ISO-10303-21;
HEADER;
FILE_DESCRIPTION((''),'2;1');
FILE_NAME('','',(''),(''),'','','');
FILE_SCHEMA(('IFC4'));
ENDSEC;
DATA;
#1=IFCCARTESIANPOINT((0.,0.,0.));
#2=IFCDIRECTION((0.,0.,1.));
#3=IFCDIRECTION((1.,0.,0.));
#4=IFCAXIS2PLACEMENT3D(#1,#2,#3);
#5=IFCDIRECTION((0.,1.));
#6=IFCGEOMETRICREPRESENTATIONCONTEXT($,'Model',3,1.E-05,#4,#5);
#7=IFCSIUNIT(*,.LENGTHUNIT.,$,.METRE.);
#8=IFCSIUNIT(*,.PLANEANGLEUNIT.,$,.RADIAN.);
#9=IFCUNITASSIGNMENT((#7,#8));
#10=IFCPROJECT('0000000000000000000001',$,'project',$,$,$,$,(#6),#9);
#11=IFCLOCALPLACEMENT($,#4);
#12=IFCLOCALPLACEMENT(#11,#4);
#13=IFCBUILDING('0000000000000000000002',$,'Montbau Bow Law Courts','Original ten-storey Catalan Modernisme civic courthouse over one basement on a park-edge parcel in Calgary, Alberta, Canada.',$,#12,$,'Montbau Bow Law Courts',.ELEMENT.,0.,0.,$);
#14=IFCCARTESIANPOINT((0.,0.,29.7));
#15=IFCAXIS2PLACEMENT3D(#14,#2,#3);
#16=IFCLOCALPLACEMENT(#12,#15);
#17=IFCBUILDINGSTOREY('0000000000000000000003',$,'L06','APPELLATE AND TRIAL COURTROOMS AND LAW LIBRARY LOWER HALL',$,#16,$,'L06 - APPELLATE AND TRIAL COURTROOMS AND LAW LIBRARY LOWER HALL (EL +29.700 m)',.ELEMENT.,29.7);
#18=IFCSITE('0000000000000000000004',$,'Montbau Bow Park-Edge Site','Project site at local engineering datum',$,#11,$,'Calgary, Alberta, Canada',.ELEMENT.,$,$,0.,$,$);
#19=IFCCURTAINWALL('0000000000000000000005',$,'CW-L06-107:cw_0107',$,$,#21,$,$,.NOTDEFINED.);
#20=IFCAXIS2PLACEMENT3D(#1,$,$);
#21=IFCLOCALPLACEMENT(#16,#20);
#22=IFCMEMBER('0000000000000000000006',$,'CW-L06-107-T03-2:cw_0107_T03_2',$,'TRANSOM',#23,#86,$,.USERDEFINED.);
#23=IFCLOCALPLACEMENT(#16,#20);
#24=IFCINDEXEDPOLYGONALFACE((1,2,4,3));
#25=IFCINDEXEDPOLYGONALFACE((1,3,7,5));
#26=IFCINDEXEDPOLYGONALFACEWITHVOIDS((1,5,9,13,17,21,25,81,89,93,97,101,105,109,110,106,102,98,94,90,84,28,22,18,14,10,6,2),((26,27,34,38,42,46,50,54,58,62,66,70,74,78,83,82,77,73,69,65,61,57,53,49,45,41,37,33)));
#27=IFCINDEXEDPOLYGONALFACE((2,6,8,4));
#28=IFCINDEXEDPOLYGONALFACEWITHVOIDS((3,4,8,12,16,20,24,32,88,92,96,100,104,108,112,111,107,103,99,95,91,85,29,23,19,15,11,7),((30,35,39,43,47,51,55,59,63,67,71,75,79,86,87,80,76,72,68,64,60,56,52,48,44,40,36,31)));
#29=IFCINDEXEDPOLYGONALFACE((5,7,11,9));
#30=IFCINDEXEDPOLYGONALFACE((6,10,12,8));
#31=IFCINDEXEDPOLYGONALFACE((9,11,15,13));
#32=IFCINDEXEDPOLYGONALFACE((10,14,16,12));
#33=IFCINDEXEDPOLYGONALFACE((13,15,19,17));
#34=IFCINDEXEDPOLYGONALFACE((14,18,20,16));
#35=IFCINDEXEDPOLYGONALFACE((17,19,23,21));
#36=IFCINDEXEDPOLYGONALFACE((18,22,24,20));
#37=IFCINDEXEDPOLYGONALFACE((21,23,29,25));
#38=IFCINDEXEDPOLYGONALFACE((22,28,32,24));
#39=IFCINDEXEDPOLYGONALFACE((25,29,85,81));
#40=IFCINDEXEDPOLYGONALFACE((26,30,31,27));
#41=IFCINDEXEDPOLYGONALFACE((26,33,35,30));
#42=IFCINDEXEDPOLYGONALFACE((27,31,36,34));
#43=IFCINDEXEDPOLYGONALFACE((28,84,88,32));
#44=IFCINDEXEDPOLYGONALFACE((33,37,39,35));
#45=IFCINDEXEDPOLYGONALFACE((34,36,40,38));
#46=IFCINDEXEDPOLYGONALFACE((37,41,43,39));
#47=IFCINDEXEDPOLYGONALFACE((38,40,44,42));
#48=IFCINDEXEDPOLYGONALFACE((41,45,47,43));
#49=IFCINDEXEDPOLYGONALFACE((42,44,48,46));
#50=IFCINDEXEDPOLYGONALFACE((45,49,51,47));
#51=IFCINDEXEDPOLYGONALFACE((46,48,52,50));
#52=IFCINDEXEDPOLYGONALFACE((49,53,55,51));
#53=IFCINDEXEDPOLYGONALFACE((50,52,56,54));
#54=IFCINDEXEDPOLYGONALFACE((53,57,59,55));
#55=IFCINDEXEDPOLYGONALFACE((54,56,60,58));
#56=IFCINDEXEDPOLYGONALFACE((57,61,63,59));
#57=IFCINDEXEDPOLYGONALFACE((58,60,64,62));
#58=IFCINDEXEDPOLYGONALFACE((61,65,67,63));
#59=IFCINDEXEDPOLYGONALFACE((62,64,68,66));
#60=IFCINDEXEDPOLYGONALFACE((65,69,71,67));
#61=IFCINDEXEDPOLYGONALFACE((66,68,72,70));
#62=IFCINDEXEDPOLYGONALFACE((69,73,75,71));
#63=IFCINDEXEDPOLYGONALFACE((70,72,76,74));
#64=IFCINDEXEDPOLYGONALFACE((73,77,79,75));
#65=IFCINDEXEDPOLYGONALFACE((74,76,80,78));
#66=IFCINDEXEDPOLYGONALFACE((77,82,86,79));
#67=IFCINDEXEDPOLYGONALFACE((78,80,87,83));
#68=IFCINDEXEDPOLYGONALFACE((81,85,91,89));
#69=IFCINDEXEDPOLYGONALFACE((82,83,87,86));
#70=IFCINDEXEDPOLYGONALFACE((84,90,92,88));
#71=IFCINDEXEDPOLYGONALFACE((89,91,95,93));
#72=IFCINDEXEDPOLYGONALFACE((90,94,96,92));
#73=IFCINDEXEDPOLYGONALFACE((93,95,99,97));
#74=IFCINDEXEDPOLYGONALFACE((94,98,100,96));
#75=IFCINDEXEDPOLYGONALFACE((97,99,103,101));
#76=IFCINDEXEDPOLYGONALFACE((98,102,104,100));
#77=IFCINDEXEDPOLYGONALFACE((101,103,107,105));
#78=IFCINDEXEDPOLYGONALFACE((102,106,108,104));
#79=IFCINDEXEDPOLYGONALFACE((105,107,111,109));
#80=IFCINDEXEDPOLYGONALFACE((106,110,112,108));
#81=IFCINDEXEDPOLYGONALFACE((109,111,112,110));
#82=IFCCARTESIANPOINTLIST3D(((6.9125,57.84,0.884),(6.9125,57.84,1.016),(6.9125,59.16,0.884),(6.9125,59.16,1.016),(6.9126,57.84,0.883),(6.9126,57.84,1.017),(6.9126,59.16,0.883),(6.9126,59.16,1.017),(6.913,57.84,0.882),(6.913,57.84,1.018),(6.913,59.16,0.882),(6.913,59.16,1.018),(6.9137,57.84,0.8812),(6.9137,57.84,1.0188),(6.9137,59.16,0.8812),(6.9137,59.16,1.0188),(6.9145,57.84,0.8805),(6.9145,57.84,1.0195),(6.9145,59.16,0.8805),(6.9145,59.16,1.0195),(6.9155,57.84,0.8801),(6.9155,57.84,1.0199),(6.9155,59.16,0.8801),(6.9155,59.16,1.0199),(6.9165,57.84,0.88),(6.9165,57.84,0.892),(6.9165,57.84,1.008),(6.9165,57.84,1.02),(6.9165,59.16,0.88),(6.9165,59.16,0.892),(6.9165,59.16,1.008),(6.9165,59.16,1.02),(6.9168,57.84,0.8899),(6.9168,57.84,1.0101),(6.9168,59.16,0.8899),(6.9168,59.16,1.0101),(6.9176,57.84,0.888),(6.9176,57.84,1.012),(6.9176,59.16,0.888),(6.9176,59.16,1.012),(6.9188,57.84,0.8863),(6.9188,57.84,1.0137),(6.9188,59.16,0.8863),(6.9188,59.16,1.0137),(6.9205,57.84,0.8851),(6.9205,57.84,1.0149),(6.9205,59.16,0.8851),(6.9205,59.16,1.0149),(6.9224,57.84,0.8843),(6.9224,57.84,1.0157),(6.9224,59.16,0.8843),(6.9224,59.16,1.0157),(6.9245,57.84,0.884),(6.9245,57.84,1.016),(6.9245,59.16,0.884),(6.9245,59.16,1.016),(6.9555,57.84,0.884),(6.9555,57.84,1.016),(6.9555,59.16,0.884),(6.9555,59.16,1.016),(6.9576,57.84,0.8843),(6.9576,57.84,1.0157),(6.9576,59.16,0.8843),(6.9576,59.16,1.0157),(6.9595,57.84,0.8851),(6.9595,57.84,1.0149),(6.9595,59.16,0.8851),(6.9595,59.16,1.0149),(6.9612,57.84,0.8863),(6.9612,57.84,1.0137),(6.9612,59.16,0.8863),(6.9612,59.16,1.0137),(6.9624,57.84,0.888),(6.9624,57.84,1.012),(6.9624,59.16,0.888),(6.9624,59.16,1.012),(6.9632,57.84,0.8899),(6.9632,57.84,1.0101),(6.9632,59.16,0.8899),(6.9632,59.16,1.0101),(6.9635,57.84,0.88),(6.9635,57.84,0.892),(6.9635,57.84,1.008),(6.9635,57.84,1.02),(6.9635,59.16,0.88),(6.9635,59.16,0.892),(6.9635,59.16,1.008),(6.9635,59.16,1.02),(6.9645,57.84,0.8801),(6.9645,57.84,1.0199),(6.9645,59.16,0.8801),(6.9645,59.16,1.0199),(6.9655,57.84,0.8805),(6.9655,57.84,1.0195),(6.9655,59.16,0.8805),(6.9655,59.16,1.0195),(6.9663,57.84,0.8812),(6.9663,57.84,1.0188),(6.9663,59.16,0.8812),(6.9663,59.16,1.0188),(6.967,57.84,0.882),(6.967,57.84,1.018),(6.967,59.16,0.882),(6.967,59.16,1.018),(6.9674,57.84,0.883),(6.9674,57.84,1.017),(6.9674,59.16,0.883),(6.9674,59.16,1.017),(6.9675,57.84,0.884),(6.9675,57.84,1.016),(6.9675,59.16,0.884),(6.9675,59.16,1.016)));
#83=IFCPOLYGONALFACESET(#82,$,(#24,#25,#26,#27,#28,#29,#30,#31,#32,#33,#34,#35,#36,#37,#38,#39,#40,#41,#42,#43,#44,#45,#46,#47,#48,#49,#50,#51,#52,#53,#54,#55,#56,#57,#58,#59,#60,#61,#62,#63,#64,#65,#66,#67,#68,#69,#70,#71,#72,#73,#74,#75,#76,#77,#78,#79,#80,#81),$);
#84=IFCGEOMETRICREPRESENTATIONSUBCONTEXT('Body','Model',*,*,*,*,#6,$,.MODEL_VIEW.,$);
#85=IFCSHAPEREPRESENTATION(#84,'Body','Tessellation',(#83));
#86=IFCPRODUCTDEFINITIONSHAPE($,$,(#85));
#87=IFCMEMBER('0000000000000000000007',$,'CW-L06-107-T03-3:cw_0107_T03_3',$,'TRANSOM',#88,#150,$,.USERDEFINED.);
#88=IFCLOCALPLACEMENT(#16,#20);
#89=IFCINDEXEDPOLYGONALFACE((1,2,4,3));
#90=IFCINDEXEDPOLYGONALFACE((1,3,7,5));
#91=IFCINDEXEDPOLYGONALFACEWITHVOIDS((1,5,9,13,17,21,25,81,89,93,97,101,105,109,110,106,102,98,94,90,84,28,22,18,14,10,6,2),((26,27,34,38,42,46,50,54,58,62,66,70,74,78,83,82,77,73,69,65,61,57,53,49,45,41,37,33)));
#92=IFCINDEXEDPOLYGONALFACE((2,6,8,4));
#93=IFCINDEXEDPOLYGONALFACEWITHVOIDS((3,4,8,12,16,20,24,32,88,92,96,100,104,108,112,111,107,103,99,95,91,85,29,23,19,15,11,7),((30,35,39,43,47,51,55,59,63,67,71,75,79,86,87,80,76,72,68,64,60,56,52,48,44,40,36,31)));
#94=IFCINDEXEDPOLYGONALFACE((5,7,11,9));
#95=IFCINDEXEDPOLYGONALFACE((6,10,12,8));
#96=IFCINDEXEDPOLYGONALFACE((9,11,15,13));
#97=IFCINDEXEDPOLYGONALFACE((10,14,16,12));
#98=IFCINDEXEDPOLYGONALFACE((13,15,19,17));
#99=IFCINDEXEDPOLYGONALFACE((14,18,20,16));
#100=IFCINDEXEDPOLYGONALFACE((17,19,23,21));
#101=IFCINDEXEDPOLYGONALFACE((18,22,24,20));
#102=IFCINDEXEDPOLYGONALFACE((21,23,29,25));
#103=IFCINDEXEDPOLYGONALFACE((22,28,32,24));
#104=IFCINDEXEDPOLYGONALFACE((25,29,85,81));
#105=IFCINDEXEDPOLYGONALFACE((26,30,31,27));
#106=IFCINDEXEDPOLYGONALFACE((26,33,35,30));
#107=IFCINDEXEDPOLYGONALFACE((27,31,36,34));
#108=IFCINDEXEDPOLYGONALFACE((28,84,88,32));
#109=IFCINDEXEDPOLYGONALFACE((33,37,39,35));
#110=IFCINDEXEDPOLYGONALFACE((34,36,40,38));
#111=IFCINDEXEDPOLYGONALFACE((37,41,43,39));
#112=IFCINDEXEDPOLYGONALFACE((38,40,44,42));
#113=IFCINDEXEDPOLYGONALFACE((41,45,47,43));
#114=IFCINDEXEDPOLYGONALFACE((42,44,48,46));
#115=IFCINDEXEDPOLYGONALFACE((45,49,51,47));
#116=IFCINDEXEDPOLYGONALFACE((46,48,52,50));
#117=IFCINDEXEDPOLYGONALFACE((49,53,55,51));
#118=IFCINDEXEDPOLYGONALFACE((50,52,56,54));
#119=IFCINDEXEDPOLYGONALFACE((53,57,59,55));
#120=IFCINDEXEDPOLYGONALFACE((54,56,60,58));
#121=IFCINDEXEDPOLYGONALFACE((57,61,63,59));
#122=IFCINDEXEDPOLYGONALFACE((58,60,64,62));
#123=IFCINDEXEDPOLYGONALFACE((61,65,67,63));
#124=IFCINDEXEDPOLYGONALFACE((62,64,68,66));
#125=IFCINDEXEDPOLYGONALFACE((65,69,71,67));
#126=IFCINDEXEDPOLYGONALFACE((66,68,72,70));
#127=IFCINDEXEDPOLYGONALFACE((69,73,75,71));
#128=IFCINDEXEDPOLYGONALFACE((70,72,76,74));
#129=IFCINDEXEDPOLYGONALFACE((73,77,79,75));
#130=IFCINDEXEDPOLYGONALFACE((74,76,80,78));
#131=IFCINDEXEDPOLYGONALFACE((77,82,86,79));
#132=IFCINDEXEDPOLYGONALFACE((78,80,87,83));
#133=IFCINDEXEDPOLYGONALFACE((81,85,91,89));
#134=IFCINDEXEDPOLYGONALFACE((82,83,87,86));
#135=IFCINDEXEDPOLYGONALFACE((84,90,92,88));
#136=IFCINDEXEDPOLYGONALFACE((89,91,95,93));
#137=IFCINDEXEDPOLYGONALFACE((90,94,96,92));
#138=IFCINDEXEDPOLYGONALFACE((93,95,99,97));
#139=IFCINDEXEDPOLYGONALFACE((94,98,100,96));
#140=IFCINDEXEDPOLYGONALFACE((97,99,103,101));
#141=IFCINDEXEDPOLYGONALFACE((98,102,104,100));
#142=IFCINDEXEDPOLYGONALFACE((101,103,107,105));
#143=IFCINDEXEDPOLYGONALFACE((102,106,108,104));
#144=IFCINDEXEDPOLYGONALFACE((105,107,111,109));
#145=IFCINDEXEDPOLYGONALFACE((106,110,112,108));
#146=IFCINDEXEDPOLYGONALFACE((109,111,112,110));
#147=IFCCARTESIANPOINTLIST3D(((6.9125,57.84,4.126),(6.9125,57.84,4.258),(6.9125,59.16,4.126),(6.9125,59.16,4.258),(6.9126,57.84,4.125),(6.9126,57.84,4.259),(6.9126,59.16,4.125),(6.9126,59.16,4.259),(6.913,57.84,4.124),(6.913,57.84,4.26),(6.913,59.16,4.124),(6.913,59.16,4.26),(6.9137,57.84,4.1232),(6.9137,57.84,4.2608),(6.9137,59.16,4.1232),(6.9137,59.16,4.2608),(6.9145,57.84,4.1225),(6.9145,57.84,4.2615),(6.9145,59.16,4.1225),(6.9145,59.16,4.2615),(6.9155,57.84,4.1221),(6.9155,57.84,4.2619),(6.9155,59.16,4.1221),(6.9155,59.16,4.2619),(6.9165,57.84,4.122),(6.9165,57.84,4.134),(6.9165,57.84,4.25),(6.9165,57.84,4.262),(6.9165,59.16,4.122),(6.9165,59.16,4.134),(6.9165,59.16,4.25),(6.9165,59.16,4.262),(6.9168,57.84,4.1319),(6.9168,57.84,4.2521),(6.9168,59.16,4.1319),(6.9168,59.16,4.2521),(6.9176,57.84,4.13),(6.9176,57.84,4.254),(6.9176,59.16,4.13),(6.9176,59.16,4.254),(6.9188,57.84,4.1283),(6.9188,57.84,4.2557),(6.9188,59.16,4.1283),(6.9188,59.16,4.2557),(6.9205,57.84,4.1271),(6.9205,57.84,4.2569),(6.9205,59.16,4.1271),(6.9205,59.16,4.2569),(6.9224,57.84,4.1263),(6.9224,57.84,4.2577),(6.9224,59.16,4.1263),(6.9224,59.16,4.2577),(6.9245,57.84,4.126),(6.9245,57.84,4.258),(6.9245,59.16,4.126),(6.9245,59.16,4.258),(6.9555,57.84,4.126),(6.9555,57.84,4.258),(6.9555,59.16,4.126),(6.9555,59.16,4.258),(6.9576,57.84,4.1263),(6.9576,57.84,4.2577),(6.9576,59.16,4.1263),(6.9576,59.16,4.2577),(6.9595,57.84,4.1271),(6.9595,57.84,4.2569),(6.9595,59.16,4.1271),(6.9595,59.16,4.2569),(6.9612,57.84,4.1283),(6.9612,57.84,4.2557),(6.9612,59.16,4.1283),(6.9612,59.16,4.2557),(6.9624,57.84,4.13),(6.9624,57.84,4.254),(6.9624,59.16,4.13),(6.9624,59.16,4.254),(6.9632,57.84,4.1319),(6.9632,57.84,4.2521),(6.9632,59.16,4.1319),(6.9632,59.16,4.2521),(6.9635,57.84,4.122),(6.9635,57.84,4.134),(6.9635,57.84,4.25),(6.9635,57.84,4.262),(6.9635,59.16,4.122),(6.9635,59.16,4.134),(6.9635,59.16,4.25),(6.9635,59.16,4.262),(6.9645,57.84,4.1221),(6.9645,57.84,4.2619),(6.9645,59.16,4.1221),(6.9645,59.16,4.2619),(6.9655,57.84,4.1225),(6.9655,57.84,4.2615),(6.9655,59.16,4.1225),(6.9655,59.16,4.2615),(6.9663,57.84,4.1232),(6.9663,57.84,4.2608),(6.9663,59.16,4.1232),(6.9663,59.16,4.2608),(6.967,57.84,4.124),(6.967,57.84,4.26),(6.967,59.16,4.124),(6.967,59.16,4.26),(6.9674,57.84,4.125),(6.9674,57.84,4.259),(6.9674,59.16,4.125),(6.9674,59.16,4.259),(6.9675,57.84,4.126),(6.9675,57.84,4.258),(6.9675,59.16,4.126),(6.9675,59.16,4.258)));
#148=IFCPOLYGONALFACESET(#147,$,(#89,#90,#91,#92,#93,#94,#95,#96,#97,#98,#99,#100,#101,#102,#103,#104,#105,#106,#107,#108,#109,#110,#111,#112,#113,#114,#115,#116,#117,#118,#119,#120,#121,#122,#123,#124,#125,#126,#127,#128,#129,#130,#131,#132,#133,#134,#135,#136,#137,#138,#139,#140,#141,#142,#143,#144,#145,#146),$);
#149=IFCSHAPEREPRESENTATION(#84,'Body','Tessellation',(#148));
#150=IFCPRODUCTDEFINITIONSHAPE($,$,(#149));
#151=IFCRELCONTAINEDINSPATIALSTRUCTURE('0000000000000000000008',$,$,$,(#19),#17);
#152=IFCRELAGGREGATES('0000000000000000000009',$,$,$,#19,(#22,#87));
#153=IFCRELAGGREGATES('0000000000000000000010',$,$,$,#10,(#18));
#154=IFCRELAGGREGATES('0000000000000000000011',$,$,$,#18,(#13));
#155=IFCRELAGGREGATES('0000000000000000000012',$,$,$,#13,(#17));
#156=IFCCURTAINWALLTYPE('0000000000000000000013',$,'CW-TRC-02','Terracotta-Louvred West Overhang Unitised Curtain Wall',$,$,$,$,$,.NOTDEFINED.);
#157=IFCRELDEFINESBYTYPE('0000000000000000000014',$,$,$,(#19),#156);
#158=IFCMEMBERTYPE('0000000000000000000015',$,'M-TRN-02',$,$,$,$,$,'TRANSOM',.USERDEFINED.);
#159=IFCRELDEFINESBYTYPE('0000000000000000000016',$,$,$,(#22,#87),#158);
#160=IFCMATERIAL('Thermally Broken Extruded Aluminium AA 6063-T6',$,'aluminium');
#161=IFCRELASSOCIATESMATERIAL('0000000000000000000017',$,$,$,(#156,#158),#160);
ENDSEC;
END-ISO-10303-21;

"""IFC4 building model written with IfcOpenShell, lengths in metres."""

from ifc_helpers import new_model, si_unit, direction, frame, origin_with_axes, origin_2d_with_axis, place, context, subcontext, project, spatial, hollow_rectangle, extrude, material, material_profile, profile_set, type_object, element, aggregate, save


model = new_model("IFC4")

# Units and contexts
model_context = context("Model", 3, precision=1e-05, world=origin_with_axes(), true_north=direction((0.0, 1.0)))
body_context = subcontext(model_context, "Body", "Model", "MODEL_VIEW")
ifc_project = project(units=[si_unit("LENGTHUNIT", "METRE"), si_unit("PLANEANGLEUNIT", "RADIAN")], contexts=[model_context])

# Site, building, storey
site_placement = place(None, origin_with_axes())
site = spatial("IfcSite", under=ifc_project, at=site_placement, Name="Montbau Bow Park-Edge Site", Description="Project site at local engineering datum", LongName="Calgary, Alberta, Canada", CompositionType="ELEMENT", RefElevation=0.0)
building_placement = place(site_placement, origin_with_axes())
building = spatial("IfcBuilding", under=site, at=building_placement, Name="Montbau Bow Law Courts", Description="Original ten-storey Catalan Modernisme civic courthouse over one basement on a park-edge parcel in Calgary, Alberta, Canada.", LongName="Montbau Bow Law Courts", CompositionType="ELEMENT", ElevationOfRefHeight=0.0, ElevationOfTerrain=0.0)
storey_placement = place(building_placement, frame((0.0, 0.0, 29.7), z_axis=(0.0, 0.0, 1.0), x_axis=(1.0, 0.0, 0.0)))
storey = spatial("IfcBuildingStorey", under=building, at=storey_placement, Name="L06", Description="APPELLATE AND TRIAL COURTROOMS AND LAW LIBRARY LOWER HALL", LongName="L06 - APPELLATE AND TRIAL COURTROOMS AND LAW LIBRARY LOWER HALL (EL +29.700 m)", CompositionType="ELEMENT", Elevation=29.7)

# Curtain wall, members
ifc_material_1 = material(Name="Thermally Broken Extruded Aluminium AA 6063-T6", Category="aluminium")
curtain_wall_type = type_object("IfcCurtainWallType", Name="CW-TRC-02", Description="Terracotta-Louvred West Overhang Unitised Curtain Wall", PredefinedType="NOTDEFINED", material=ifc_material_1)
curtain_wall_placement = place(None, frame((6.94, 55.04, 29.7), z_axis=(0.0, 0.0, 1.0), x_axis=(1.0, 0.0, 0.0)))
curtain_wall = element("IfcCurtainWall", 1, at=curtain_wall_placement, inside=storey, type_object=curtain_wall_type, Name="CW-L06-107:cw_0107", PredefinedType="NOTDEFINED")
ifc_material_profile_1 = material_profile(ifc_material_1, hollow_rectangle(XDim=0.055, YDim=0.14, WallThickness=0.004, InnerFilletRadius=0.008, OuterFilletRadius=0.004, at=origin_2d_with_axis()), Name="CWT-140X55", Category="Main", Priority=0)
ifc_profile_set_1 = profile_set([ifc_material_profile_1], Name="Thermally Broken Extruded Aluminium AA 6063-T6")
member_type_1 = type_object("IfcMemberType", Name="M-TRN-02", ElementType="TRANSOM", PredefinedType="USERDEFINED", material=ifc_profile_set_1)
member_1_placement = place(None, frame((6.94, 57.84, 30.65), z_axis=(0.0, 1.0, 0.0), x_axis=(-1.0, 0.0, 0.0)))
member_1 = element("IfcMember", 2, at=member_1_placement, type_object=member_type_1, Name="CW-L06-107-T03-2:cw_0107_T03_2", ObjectType="TRANSOM", PredefinedType="USERDEFINED", context=body_context, shape_type="SweptSolid", body=[
    extrude(hollow_rectangle(XDim=0.055, YDim=0.14, WallThickness=0.004, InnerFilletRadius=0.008, OuterFilletRadius=0.004, at=origin_2d_with_axis()), origin_with_axes(), (0.0, 0.0, 1.0), 1.32),
])
member_2_placement = place(None, frame((6.94, 57.84, 33.892), z_axis=(0.0, 1.0, 0.0), x_axis=(-1.0, 0.0, 0.0)))
member_2 = element("IfcMember", 3, at=member_2_placement, type_object=member_type_1, Name="CW-L06-107-T03-3:cw_0107_T03_3", ObjectType="TRANSOM", PredefinedType="USERDEFINED", context=body_context, shape_type="SweptSolid", body=[
    extrude(hollow_rectangle(XDim=0.055, YDim=0.14, WallThickness=0.004, InnerFilletRadius=0.008, OuterFilletRadius=0.004, at=origin_2d_with_axis()), origin_with_axes(), (0.0, 0.0, 1.0), 1.32),
])
aggregate(curtain_wall, [member_1, member_2])

save(model, "model.ifc")
